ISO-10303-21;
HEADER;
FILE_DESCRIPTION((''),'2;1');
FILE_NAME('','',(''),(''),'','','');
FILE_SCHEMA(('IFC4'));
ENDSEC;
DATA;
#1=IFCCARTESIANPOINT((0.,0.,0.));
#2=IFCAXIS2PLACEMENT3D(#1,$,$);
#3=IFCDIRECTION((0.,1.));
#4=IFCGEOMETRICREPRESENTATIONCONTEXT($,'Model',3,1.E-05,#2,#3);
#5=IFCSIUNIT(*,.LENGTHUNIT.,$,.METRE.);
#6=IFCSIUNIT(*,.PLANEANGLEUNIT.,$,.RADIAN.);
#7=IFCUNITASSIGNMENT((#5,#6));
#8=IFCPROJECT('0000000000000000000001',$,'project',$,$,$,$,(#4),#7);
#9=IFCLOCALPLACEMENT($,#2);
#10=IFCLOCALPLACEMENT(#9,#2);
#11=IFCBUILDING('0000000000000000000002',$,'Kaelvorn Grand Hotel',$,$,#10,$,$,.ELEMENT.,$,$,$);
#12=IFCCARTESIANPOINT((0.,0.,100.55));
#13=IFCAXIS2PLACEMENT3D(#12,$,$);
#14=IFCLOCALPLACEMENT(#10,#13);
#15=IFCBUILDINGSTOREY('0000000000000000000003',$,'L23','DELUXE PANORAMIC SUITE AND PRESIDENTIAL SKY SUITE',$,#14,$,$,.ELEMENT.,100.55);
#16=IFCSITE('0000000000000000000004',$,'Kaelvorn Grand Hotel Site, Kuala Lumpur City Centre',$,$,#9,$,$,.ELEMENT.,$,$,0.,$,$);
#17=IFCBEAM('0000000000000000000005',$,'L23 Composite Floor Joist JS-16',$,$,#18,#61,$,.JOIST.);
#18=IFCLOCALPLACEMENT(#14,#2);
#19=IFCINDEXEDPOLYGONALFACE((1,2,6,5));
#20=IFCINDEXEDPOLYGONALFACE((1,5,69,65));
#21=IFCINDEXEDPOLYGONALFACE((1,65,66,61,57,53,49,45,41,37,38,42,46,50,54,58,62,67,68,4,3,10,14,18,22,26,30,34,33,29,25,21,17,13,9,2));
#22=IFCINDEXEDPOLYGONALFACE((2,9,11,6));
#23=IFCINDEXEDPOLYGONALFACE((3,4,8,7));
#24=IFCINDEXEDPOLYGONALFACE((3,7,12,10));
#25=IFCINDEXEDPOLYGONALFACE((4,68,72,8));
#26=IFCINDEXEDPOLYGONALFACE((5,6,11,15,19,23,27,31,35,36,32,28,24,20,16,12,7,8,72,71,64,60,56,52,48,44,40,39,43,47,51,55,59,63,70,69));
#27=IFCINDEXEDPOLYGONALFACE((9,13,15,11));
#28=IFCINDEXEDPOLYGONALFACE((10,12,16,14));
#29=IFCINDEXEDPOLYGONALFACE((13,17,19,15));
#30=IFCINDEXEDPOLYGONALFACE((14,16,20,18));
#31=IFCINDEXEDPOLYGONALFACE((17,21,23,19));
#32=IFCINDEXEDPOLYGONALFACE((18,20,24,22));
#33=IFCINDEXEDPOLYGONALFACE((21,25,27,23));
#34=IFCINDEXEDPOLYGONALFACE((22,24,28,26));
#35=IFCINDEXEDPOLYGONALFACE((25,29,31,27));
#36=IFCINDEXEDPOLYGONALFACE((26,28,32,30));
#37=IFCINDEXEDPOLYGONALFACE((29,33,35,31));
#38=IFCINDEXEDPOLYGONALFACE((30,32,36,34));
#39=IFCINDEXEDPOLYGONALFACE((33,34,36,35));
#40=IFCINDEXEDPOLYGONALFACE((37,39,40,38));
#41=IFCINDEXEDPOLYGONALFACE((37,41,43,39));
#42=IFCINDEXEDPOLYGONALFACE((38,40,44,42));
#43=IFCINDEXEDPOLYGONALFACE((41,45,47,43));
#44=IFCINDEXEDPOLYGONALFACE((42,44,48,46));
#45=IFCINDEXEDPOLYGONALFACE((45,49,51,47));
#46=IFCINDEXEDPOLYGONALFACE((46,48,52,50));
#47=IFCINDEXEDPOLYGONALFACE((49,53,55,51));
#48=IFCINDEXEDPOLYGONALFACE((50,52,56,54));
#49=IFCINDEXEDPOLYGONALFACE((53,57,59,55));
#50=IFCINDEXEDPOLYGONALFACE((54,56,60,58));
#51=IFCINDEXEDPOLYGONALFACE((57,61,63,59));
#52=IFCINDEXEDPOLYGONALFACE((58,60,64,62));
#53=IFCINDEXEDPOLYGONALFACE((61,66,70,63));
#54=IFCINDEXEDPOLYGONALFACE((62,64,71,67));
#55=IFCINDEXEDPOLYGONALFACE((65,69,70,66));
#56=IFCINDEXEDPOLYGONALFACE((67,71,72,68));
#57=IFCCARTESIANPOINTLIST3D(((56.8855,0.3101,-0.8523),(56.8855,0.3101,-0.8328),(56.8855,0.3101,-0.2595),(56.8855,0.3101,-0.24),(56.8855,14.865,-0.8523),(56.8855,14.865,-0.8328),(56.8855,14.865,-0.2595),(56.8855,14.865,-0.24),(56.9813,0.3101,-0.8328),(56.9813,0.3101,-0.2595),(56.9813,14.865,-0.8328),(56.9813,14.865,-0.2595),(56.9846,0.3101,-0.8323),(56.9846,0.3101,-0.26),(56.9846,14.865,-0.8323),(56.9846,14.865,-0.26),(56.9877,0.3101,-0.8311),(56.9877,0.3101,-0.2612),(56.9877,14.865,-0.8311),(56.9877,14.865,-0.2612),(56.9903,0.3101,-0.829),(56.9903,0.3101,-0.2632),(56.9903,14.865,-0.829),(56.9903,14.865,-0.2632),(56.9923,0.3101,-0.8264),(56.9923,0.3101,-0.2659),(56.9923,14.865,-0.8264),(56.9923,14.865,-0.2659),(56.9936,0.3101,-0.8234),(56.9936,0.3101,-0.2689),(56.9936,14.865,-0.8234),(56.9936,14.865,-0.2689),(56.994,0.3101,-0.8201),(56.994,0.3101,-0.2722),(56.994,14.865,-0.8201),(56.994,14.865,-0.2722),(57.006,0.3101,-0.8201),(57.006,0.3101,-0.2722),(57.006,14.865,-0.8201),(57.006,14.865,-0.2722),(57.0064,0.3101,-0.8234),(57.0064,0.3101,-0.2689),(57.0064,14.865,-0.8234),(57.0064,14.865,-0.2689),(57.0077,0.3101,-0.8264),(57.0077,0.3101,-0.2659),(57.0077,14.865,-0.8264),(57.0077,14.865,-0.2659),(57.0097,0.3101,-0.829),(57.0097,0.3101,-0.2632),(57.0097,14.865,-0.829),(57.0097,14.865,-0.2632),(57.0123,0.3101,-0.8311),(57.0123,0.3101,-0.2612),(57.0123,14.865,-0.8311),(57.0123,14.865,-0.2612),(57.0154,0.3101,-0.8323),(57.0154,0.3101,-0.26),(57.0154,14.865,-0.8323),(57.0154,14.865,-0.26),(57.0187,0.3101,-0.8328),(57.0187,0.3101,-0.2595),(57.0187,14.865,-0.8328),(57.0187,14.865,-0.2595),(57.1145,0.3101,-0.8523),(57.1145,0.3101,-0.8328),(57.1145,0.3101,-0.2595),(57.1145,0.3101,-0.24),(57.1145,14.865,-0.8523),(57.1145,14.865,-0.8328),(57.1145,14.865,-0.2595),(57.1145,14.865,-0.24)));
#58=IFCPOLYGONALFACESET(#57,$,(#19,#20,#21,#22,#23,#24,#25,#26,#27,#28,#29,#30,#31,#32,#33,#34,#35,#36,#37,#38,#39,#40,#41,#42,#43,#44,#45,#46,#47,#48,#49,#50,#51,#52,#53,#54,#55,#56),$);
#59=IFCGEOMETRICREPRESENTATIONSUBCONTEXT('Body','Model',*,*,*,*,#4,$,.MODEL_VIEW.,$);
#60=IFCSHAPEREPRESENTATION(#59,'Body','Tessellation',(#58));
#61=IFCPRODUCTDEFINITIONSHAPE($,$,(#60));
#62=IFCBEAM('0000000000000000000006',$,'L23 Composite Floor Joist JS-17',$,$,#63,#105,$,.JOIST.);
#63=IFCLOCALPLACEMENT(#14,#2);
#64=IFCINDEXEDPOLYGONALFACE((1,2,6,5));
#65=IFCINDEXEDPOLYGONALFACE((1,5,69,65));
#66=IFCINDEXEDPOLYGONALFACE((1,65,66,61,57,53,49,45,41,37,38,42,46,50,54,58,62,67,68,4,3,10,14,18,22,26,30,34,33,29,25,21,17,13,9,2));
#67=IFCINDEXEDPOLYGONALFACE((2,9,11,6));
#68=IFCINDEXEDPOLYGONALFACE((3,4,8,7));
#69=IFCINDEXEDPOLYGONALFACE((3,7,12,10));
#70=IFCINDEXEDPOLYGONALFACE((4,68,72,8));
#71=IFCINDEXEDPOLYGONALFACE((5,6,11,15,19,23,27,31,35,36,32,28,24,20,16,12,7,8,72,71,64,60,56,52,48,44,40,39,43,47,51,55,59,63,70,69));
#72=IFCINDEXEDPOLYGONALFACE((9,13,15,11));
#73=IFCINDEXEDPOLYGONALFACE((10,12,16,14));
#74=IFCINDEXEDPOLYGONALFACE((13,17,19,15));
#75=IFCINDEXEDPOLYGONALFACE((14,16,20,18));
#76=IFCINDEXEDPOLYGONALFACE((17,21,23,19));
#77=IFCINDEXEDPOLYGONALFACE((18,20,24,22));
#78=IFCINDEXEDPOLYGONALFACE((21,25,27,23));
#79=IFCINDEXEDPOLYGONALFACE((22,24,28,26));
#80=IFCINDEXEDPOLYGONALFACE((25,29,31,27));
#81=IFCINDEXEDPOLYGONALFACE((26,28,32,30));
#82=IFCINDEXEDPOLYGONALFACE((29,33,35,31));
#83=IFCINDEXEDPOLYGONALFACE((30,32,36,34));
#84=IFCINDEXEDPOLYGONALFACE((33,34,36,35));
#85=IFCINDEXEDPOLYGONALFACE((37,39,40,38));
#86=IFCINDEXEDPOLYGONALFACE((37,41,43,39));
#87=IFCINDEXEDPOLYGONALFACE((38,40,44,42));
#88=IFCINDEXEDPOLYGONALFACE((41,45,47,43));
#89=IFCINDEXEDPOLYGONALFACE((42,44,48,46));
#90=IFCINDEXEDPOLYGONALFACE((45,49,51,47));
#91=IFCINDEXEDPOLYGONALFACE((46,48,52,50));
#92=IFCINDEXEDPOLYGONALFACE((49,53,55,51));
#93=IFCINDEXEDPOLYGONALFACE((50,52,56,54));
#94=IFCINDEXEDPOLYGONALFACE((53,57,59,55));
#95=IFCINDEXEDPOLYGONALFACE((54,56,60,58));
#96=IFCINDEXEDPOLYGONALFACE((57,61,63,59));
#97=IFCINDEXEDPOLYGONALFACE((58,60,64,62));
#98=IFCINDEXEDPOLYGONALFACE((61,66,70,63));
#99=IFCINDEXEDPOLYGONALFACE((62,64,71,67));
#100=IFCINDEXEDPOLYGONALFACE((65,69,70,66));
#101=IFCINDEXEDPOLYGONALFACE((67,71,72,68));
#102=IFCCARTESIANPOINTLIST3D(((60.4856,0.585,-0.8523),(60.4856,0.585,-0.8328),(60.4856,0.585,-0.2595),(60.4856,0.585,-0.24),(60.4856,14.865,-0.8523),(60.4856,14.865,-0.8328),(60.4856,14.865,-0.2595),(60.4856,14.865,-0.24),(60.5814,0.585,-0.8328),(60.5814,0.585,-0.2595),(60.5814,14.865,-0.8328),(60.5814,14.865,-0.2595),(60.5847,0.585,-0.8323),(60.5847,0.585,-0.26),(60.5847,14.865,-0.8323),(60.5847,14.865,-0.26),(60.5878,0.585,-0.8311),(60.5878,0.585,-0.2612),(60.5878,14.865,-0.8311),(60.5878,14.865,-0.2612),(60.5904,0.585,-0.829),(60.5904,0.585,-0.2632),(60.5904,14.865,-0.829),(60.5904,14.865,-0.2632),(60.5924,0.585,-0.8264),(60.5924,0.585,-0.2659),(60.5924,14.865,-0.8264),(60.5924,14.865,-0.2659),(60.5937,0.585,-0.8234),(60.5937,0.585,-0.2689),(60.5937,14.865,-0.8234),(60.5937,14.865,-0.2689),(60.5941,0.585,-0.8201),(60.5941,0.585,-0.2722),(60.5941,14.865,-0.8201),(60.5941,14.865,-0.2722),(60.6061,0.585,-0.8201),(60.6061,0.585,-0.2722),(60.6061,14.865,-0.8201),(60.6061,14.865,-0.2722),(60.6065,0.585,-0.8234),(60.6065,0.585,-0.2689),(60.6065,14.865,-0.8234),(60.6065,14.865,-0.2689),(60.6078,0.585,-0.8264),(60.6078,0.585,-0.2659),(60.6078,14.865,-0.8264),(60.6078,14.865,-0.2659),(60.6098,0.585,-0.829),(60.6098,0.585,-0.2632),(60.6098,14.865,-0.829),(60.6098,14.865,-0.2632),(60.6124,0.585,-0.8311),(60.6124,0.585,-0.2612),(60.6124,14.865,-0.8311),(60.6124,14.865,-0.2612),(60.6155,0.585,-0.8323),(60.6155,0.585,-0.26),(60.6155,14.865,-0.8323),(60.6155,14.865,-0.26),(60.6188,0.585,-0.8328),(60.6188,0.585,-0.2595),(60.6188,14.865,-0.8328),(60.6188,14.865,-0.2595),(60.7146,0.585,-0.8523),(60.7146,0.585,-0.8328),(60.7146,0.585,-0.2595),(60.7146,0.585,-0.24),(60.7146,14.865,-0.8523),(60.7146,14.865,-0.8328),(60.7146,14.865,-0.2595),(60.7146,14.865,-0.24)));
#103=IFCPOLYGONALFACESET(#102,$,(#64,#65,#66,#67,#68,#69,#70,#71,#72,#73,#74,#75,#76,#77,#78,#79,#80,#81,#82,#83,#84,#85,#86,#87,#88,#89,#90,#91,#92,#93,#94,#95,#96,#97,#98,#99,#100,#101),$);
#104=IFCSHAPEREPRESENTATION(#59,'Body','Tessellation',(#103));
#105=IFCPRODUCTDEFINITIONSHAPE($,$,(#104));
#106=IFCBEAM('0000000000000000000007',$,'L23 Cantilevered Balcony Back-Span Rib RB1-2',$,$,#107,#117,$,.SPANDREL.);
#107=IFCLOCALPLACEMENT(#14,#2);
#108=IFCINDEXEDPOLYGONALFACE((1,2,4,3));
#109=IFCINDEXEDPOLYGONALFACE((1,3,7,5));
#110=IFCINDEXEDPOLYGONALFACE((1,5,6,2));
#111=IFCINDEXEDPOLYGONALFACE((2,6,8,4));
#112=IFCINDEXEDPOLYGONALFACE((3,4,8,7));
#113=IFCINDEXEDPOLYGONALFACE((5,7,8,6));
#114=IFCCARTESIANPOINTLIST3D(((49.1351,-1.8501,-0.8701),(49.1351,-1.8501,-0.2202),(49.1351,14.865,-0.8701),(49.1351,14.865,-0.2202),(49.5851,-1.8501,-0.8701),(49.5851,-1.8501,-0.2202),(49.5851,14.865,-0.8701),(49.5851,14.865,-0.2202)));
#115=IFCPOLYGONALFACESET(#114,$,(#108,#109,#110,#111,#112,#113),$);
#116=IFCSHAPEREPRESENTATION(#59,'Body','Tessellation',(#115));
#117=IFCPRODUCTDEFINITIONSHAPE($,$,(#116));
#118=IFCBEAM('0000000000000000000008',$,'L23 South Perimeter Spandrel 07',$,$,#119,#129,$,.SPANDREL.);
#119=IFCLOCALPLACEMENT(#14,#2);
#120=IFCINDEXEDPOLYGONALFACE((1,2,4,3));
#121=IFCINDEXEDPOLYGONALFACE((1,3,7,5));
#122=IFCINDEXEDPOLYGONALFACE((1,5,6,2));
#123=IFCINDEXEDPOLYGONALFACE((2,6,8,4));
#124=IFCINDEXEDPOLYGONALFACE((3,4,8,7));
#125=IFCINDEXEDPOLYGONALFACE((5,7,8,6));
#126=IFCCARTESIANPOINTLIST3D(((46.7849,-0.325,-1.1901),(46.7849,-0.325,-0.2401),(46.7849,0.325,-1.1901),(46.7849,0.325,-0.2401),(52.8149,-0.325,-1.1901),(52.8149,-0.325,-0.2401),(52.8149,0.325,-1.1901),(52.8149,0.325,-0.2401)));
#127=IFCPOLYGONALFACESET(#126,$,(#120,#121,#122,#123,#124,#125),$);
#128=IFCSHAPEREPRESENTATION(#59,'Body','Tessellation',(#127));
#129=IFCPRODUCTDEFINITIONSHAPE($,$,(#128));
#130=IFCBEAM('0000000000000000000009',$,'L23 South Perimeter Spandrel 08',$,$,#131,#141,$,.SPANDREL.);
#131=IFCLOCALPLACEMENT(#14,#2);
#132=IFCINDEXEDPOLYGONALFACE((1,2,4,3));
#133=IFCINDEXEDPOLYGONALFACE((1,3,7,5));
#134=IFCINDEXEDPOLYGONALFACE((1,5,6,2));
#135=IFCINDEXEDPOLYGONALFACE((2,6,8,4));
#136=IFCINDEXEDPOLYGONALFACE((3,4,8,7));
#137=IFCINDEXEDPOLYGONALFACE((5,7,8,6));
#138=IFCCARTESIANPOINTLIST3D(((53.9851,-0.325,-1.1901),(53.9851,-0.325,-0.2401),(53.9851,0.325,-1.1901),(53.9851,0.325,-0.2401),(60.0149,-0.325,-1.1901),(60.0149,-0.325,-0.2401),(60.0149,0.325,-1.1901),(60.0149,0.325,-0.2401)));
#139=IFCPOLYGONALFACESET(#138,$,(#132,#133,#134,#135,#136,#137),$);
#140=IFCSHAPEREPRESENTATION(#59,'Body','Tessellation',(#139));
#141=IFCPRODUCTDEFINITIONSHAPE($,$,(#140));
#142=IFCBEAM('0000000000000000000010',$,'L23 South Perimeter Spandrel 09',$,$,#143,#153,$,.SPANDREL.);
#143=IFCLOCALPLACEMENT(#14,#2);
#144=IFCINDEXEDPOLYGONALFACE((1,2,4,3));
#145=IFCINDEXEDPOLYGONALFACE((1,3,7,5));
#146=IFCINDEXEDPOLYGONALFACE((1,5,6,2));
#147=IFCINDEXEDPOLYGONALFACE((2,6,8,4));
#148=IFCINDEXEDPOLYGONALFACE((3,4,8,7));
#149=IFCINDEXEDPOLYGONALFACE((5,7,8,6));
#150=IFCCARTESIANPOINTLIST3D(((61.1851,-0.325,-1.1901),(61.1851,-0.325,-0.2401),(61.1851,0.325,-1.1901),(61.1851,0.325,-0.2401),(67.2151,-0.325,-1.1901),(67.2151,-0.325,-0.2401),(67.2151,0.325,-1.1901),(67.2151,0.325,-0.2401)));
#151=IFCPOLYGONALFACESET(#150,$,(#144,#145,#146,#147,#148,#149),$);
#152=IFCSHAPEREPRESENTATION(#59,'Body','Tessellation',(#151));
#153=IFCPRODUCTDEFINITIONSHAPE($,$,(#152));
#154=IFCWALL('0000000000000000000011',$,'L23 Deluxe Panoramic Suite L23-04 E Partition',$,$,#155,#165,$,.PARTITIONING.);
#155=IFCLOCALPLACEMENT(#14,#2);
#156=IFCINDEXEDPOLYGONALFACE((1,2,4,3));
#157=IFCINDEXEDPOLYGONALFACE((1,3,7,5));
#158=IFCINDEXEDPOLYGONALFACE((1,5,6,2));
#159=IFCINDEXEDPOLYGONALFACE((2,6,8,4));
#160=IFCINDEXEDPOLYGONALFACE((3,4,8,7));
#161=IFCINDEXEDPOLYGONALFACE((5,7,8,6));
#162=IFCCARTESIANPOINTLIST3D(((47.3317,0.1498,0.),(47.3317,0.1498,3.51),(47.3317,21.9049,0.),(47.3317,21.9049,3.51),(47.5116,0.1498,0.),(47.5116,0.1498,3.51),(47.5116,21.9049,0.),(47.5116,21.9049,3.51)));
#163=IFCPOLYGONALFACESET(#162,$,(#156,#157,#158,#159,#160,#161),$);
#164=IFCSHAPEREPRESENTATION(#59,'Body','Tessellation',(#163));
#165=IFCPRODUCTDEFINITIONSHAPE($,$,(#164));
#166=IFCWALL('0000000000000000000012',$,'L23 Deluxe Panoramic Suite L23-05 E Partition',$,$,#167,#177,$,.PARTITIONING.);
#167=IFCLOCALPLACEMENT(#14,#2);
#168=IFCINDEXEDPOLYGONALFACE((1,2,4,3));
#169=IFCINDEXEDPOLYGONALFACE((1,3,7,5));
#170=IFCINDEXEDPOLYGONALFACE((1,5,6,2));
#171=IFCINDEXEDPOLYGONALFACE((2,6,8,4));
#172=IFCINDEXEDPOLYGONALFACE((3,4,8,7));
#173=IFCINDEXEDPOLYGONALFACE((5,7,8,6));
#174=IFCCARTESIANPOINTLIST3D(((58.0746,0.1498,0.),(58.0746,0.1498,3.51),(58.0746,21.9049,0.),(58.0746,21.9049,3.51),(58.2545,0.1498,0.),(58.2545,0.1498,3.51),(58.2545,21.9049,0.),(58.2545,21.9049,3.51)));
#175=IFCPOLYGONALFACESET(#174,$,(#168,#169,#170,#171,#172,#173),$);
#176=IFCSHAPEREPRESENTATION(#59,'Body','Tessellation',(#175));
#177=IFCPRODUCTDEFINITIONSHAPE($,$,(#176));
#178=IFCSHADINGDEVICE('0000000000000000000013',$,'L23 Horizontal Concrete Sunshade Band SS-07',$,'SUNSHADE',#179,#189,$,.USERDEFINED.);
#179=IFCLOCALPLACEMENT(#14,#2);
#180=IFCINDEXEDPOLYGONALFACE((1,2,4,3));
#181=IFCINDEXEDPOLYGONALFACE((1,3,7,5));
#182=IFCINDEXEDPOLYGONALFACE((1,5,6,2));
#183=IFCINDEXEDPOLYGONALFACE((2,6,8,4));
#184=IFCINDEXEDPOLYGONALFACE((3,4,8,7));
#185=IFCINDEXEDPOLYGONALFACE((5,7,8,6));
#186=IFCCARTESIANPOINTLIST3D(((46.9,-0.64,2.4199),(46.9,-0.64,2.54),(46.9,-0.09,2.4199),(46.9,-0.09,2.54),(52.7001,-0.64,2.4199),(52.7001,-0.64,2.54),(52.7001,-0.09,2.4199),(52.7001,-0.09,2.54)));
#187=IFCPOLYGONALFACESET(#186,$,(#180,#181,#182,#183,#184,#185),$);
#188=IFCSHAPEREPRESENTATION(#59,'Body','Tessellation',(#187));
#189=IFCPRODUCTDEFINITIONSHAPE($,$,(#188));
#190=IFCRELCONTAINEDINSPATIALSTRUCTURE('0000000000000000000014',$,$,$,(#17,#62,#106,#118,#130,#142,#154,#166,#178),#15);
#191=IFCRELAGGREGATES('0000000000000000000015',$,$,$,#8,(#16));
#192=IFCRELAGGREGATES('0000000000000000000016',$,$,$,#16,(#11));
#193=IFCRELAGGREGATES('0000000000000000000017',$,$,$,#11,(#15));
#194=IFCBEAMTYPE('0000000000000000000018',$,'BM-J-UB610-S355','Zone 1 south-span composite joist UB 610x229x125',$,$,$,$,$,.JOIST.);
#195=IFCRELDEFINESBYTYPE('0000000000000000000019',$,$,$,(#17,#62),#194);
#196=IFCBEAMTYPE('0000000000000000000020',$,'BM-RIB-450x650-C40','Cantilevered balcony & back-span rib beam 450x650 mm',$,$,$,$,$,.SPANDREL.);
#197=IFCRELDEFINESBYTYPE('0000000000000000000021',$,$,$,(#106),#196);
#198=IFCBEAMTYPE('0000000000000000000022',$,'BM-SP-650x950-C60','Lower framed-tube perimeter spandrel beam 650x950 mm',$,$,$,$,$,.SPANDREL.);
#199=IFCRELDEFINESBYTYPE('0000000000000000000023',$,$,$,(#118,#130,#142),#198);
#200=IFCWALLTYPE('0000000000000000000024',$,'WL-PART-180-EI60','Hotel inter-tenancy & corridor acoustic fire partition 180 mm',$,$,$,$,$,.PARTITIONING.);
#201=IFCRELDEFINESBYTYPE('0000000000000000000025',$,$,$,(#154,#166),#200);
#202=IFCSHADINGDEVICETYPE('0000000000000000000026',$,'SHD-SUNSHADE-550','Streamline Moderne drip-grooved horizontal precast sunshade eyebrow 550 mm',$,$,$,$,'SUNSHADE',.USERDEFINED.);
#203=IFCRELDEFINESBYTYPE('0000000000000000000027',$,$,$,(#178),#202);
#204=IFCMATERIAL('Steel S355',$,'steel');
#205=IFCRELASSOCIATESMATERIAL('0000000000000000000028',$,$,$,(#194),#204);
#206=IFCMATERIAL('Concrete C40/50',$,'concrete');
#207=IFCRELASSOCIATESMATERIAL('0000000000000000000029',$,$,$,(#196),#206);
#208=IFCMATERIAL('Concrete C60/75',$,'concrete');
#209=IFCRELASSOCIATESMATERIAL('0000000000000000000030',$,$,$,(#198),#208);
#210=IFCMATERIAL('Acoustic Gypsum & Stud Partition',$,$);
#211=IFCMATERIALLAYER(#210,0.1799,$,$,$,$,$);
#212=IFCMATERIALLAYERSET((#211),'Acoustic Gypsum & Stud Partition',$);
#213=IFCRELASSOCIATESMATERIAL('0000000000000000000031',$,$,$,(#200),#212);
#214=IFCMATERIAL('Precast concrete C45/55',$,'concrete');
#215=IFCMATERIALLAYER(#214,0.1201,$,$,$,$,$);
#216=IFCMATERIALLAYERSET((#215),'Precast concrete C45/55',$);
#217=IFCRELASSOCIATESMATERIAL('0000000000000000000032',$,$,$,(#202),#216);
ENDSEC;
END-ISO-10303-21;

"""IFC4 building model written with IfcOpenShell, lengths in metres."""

from ifc_helpers import new_model, si_unit, direction, frame, frame_2d, origin, origin_2d, place, context, subcontext, project, spatial, rectangle, i_section, extrude, material, layer, layer_set, material_profile, profile_set, type_object, element, save


model = new_model("IFC4")

# Units and contexts
model_context = context("Model", 3, precision=1e-05, world=origin(), true_north=direction((0.0, 1.0)))
body_context = subcontext(model_context, "Body", "Model", "MODEL_VIEW")
ifc_project = project(units=[si_unit("LENGTHUNIT", "METRE"), si_unit("PLANEANGLEUNIT", "RADIAN")], contexts=[model_context])

# Site, building, storey
site_placement = place(None, origin())
site = spatial("IfcSite", under=ifc_project, at=site_placement, Name="Kaelvorn Grand Hotel Site, Kuala Lumpur City Centre", CompositionType="ELEMENT", RefElevation=0.0)
building_placement = place(site_placement, origin())
building = spatial("IfcBuilding", under=site, at=building_placement, Name="Kaelvorn Grand Hotel", CompositionType="ELEMENT")
storey_placement = place(building_placement, frame((0.0, 0.0, 100.55)))
storey = spatial("IfcBuildingStorey", under=building, at=storey_placement, Name="L23", Description="DELUXE PANORAMIC SUITE AND PRESIDENTIAL SKY SUITE", CompositionType="ELEMENT", Elevation=100.55)

# Shared definitions
ifc_material_1 = material(Name="Concrete C60/75", Category="concrete")

# Beams
ifc_material_2 = material(Name="Steel S355", Category="steel")
ifc_material_profile_1 = material_profile(ifc_material_2, i_section(OverallWidth=0.229, OverallDepth=0.6123, WebThickness=0.012, FlangeThickness=0.0195, FilletRadius=0.0127, at=origin_2d()), Name="UB 610x229x125")
ifc_profile_set_1 = profile_set([ifc_material_profile_1], Name="Steel S355")
beam_type_1 = type_object("IfcBeamType", Name="BM-J-UB610-S355", Description="Zone 1 south-span composite joist UB 610x229x125", PredefinedType="JOIST", material=ifc_profile_set_1)
beam_1_placement = place(storey_placement, frame((57.0, 0.3101, -0.5461), z_axis=(0.0, 1.0, 0.0), x_axis=(-1.0, 0.0, 0.0)))
element("IfcBeam", 1, at=beam_1_placement, inside=storey, type_object=beam_type_1, Name="L23 Composite Floor Joist JS-16", PredefinedType="JOIST", context=body_context, shape_type="SweptSolid", body=[
    extrude(i_section(OverallWidth=0.229, OverallDepth=0.6123, WebThickness=0.012, FlangeThickness=0.0195, FilletRadius=0.0127, at=origin_2d()), origin(), (0.0, 0.0, 1.0), 14.5549),
])
beam_2_placement = place(storey_placement, frame((60.6001, 0.585, -0.5461), z_axis=(0.0, 1.0, 0.0), x_axis=(-1.0, 0.0, 0.0)))
element("IfcBeam", 2, at=beam_2_placement, inside=storey, type_object=beam_type_1, Name="L23 Composite Floor Joist JS-17", PredefinedType="JOIST", context=body_context, shape_type="SweptSolid", body=[
    extrude(i_section(OverallWidth=0.229, OverallDepth=0.6123, WebThickness=0.012, FlangeThickness=0.0195, FilletRadius=0.0127, at=origin_2d()), origin(), (0.0, 0.0, 1.0), 14.28),
])
ifc_material_3 = material(Name="Concrete C40/50", Category="concrete")
ifc_material_profile_2 = material_profile(ifc_material_3, rectangle(XDim=0.45, YDim=0.6499, at=origin_2d()), Name="RC RIB 450x650")
ifc_profile_set_2 = profile_set([ifc_material_profile_2], Name="Concrete C40/50")
beam_type_2 = type_object("IfcBeamType", Name="BM-RIB-450x650-C40", Description="Cantilevered balcony & back-span rib beam 450x650 mm", PredefinedType="SPANDREL", material=ifc_profile_set_2)
beam_3_placement = place(storey_placement, frame((49.3601, -1.8501, -0.5452), z_axis=(0.0, 1.0, 0.0), x_axis=(-1.0, 0.0, 0.0)))
element("IfcBeam", 3, at=beam_3_placement, inside=storey, type_object=beam_type_2, Name="L23 Cantilevered Balcony Back-Span Rib RB1-2", PredefinedType="SPANDREL", context=body_context, shape_type="SweptSolid", body=[
    extrude(rectangle(XDim=0.45, YDim=0.6499, at=origin_2d()), origin(), (0.0, 0.0, 1.0), 16.7151),
])
ifc_material_profile_3 = material_profile(ifc_material_1, rectangle(XDim=0.6499, YDim=0.95, at=origin_2d()), Name="RC SPANDREL 650x950")
ifc_profile_set_3 = profile_set([ifc_material_profile_3], Name="Concrete C60/75")
beam_type_3 = type_object("IfcBeamType", Name="BM-SP-650x950-C60", Description="Lower framed-tube perimeter spandrel beam 650x950 mm", PredefinedType="SPANDREL", material=ifc_profile_set_3)
beam_4_placement = place(storey_placement, frame((46.7849, 0.0, -0.7151), z_axis=(1.0, 0.0, 0.0), x_axis=(0.0, 1.0, 0.0)))
element("IfcBeam", 4, at=beam_4_placement, inside=storey, type_object=beam_type_3, Name="L23 South Perimeter Spandrel 07", PredefinedType="SPANDREL", context=body_context, shape_type="SweptSolid", body=[
    extrude(rectangle(XDim=0.6499, YDim=0.95, at=origin_2d()), origin(), (0.0, 0.0, 1.0), 6.03),
])
beam_5_placement = place(storey_placement, frame((53.9851, 0.0, -0.7151), z_axis=(1.0, 0.0, 0.0), x_axis=(0.0, 1.0, 0.0)))
element("IfcBeam", 5, at=beam_5_placement, inside=storey, type_object=beam_type_3, Name="L23 South Perimeter Spandrel 08", PredefinedType="SPANDREL", context=body_context, shape_type="SweptSolid", body=[
    extrude(rectangle(XDim=0.6499, YDim=0.95, at=origin_2d()), origin(), (0.0, 0.0, 1.0), 6.0298),
])
beam_6_placement = place(storey_placement, frame((61.1851, 0.0, -0.7151), z_axis=(1.0, 0.0, 0.0), x_axis=(0.0, 1.0, 0.0)))
element("IfcBeam", 6, at=beam_6_placement, inside=storey, type_object=beam_type_3, Name="L23 South Perimeter Spandrel 09", PredefinedType="SPANDREL", context=body_context, shape_type="SweptSolid", body=[
    extrude(rectangle(XDim=0.6499, YDim=0.95, at=origin_2d()), origin(), (0.0, 0.0, 1.0), 6.03),
])

# Walls
ifc_material_4 = material(Name="Acoustic Gypsum & Stud Partition")
ifc_layer_1 = layer(ifc_material_4, 0.1799)
ifc_layer_set_1 = layer_set([ifc_layer_1], Name="Acoustic Gypsum & Stud Partition")
wall_type = type_object("IfcWallType", Name="WL-PART-180-EI60", Description="Hotel inter-tenancy & corridor acoustic fire partition 180 mm", PredefinedType="PARTITIONING", material=ifc_layer_set_1)
for number, where, z_axis, x_axis, name in (
    (7, (47.4216, 0.1499, 0.0), (0.0, 0.0, 1.0), (0.0, 1.0, 0.0), "L23 Deluxe Panoramic Suite L23-04 E Partition"),
    (8, (58.1646, 0.1499, 0.0), (0.0, 0.0, 1.0), (0.0, 1.0, 0.0), "L23 Deluxe Panoramic Suite L23-05 E Partition"),
):
    element("IfcWall", number, at=place(storey_placement, frame(where, z_axis=z_axis, x_axis=x_axis)), inside=storey, type_object=wall_type, Name=name, PredefinedType="PARTITIONING", context=body_context, shape_type="SweptSolid", body=[
        extrude(rectangle(XDim=21.7551, YDim=0.1799, at=frame_2d((10.8774, 0.0))), origin(), (0.0, 0.0, 1.0), 3.51),
    ])

# Shading device
ifc_material_5 = material(Name="Precast concrete C45/55", Category="concrete")
ifc_layer_2 = layer(ifc_material_5, 0.1201)
ifc_layer_set_2 = layer_set([ifc_layer_2], Name="Precast concrete C45/55")
shading_device_type_1 = type_object("IfcShadingDeviceType", Name="SHD-SUNSHADE-550", Description="Streamline Moderne drip-grooved horizontal precast sunshade eyebrow 550 mm", ElementType="SUNSHADE", PredefinedType="USERDEFINED", material=ifc_layer_set_2)
for number, where, z_axis, x_axis, name in (
    (9, (49.8, -0.365, 2.4199), (0.0, 0.0, 1.0), (1.0, 0.0, 0.0), "L23 Horizontal Concrete Sunshade Band SS-07"),
):
    element("IfcShadingDevice", number, at=place(storey_placement, frame(where, z_axis=z_axis, x_axis=x_axis)), inside=storey, type_object=shading_device_type_1, Name=name, ObjectType="SUNSHADE", PredefinedType="USERDEFINED", context=body_context, shape_type="SweptSolid", body=[
        extrude(rectangle(XDim=5.8, YDim=0.55, at=origin_2d()), origin(), (0.0, 0.0, 1.0), 0.1201),
    ])

save(model, "model.ifc")
